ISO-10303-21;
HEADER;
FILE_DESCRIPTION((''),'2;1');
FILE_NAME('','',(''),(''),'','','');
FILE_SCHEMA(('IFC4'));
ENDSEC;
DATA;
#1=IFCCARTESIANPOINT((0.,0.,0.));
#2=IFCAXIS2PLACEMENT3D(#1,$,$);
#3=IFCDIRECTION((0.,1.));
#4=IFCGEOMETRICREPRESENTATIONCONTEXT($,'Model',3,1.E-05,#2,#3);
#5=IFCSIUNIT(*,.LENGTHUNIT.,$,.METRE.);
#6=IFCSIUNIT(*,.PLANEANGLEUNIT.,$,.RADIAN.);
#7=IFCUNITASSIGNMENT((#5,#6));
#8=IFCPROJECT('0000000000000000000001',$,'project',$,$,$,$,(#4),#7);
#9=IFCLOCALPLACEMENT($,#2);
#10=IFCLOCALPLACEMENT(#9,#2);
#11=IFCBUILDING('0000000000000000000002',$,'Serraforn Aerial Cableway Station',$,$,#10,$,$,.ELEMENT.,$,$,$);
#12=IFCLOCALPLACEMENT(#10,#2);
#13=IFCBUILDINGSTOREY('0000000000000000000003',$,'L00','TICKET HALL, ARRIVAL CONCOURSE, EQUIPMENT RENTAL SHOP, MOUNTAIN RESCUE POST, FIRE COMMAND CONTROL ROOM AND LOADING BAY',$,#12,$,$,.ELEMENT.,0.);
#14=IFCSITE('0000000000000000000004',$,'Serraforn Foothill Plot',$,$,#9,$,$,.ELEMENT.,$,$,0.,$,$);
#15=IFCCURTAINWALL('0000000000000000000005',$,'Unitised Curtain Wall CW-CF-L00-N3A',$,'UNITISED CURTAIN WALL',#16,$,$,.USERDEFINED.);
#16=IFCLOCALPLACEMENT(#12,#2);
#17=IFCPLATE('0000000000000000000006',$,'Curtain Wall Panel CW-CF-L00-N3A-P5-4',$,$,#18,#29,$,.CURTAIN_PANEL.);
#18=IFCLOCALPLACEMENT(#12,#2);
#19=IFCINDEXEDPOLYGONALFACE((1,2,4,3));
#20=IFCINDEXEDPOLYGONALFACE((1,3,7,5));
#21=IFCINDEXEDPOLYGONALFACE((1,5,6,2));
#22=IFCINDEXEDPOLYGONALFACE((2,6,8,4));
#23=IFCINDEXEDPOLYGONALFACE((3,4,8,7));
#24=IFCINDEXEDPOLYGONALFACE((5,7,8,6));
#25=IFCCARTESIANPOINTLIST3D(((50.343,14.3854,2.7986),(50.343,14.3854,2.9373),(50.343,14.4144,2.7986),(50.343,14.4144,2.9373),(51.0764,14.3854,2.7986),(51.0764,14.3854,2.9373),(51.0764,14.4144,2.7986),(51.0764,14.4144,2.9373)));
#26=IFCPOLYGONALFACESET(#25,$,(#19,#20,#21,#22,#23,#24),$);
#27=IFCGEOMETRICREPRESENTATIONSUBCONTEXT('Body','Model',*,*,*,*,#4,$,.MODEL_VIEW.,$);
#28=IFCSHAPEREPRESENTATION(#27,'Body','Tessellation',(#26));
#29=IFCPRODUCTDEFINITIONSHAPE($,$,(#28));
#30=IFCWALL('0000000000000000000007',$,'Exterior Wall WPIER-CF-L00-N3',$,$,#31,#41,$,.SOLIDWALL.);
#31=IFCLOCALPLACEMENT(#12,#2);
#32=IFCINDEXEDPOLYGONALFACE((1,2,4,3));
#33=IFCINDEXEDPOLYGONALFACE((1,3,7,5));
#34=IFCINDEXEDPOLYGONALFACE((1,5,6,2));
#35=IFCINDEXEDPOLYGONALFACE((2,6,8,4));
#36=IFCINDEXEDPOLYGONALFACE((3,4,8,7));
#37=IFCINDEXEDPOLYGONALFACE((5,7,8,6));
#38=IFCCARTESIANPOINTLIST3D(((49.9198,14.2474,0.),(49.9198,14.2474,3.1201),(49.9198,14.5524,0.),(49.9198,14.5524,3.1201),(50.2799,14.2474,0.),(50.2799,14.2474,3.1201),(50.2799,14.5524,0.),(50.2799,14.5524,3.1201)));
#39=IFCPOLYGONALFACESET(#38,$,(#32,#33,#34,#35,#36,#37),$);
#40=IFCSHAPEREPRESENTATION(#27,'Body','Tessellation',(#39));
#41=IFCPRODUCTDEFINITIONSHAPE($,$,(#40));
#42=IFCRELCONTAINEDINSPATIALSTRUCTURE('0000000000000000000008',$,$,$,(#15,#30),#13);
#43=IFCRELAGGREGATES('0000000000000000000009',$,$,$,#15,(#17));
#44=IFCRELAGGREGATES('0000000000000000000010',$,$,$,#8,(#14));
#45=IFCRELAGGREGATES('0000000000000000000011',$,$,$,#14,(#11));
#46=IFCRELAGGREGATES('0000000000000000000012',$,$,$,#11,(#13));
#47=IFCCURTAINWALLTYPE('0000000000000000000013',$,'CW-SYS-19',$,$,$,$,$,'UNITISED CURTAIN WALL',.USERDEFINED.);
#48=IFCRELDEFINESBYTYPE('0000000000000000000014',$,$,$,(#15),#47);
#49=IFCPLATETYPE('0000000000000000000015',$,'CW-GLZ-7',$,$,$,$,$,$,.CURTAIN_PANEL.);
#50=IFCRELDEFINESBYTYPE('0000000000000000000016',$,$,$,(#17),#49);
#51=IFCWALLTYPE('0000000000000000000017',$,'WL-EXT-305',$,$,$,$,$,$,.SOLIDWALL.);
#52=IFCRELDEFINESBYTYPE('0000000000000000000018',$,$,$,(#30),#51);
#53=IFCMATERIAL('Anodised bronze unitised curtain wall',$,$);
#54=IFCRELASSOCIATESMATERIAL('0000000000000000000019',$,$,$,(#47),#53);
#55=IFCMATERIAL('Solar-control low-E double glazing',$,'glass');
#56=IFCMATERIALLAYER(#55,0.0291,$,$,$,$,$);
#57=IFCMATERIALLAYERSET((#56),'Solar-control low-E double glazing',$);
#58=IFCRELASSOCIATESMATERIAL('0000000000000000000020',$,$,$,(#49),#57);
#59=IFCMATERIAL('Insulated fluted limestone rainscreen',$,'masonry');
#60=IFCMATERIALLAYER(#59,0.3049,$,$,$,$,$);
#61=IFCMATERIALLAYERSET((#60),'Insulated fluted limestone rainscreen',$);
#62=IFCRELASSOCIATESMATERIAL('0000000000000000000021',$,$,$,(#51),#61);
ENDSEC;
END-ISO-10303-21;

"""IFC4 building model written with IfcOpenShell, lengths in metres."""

from ifc_helpers import new_model, si_unit, direction, frame, frame_2d, origin, origin_2d, place, context, subcontext, project, spatial, rectangle, extrude, material, layer, layer_set, type_object, element, aggregate, save


model = new_model("IFC4")

# Units and contexts
model_context = context("Model", 3, precision=1e-05, world=origin(), true_north=direction((0.0, 1.0)))
body_context = subcontext(model_context, "Body", "Model", "MODEL_VIEW")
ifc_project = project(units=[si_unit("LENGTHUNIT", "METRE"), si_unit("PLANEANGLEUNIT", "RADIAN")], contexts=[model_context])

# Site, building, storey
site_placement = place(None, origin())
site = spatial("IfcSite", under=ifc_project, at=site_placement, Name="Serraforn Foothill Plot", CompositionType="ELEMENT", RefElevation=0.0)
building_placement = place(site_placement, origin())
building = spatial("IfcBuilding", under=site, at=building_placement, Name="Serraforn Aerial Cableway Station", CompositionType="ELEMENT")
storey_placement = place(building_placement, origin())
storey = spatial("IfcBuildingStorey", under=building, at=storey_placement, Name="L00", Description="TICKET HALL, ARRIVAL CONCOURSE, EQUIPMENT RENTAL SHOP, MOUNTAIN RESCUE POST, FIRE COMMAND CONTROL ROOM AND LOADING BAY", CompositionType="ELEMENT", Elevation=0.0)

# Curtain wall
ifc_material_1 = material(Name="Anodised bronze unitised curtain wall")
curtain_wall_type_1 = type_object("IfcCurtainWallType", Name="CW-SYS-19", ElementType="UNITISED CURTAIN WALL", PredefinedType="USERDEFINED", material=ifc_material_1)
curtain_wall_1_placement = place(storey_placement, origin())
curtain_wall_1 = element("IfcCurtainWall", 1, at=curtain_wall_1_placement, inside=storey, type_object=curtain_wall_type_1, Name="Unitised Curtain Wall CW-CF-L00-N3A", ObjectType="UNITISED CURTAIN WALL", PredefinedType="USERDEFINED")

# Plate
ifc_material_2 = material(Name="Solar-control low-E double glazing", Category="glass")
ifc_layer_1 = layer(ifc_material_2, 0.0291)
ifc_layer_set_1 = layer_set([ifc_layer_1], Name="Solar-control low-E double glazing")
plate_type_1 = type_object("IfcPlateType", Name="CW-GLZ-7", PredefinedType="CURTAIN_PANEL", material=ifc_layer_set_1)
plate_1_placement = place(storey_placement, frame((50.7097, 14.3999, 2.7986), z_axis=(0.0, 0.0, 1.0), x_axis=(1.0, 0.0, 0.0)))
plate_1 = element("IfcPlate", 2, at=plate_1_placement, type_object=plate_type_1, Name="Curtain Wall Panel CW-CF-L00-N3A-P5-4", PredefinedType="CURTAIN_PANEL", context=body_context, shape_type="SweptSolid", body=[
    extrude(rectangle(XDim=0.7334, YDim=0.0291, at=origin_2d()), origin(), (0.0, 0.0, 1.0), 0.1387),
])
aggregate(curtain_wall_1, [plate_1])

# Wall
ifc_material_3 = material(Name="Insulated fluted limestone rainscreen", Category="masonry")
ifc_layer_2 = layer(ifc_material_3, 0.3049)
ifc_layer_set_2 = layer_set([ifc_layer_2], Name="Insulated fluted limestone rainscreen")
wall_type = type_object("IfcWallType", Name="WL-EXT-305", PredefinedType="SOLIDWALL", material=ifc_layer_set_2)
wall_placement = place(storey_placement, frame((50.28, 14.3999, 0.0), z_axis=(0.0, 0.0, 1.0), x_axis=(-1.0, 0.0, 0.0)))
element("IfcWall", 3, at=wall_placement, inside=storey, type_object=wall_type, Name="Exterior Wall WPIER-CF-L00-N3", PredefinedType="SOLIDWALL", context=body_context, shape_type="SweptSolid", body=[
    extrude(rectangle(XDim=0.3601, YDim=0.3049, at=frame_2d((0.1802, 0.0))), origin(), (0.0, 0.0, 1.0), 3.1201),
])

save(model, "model.ifc")
